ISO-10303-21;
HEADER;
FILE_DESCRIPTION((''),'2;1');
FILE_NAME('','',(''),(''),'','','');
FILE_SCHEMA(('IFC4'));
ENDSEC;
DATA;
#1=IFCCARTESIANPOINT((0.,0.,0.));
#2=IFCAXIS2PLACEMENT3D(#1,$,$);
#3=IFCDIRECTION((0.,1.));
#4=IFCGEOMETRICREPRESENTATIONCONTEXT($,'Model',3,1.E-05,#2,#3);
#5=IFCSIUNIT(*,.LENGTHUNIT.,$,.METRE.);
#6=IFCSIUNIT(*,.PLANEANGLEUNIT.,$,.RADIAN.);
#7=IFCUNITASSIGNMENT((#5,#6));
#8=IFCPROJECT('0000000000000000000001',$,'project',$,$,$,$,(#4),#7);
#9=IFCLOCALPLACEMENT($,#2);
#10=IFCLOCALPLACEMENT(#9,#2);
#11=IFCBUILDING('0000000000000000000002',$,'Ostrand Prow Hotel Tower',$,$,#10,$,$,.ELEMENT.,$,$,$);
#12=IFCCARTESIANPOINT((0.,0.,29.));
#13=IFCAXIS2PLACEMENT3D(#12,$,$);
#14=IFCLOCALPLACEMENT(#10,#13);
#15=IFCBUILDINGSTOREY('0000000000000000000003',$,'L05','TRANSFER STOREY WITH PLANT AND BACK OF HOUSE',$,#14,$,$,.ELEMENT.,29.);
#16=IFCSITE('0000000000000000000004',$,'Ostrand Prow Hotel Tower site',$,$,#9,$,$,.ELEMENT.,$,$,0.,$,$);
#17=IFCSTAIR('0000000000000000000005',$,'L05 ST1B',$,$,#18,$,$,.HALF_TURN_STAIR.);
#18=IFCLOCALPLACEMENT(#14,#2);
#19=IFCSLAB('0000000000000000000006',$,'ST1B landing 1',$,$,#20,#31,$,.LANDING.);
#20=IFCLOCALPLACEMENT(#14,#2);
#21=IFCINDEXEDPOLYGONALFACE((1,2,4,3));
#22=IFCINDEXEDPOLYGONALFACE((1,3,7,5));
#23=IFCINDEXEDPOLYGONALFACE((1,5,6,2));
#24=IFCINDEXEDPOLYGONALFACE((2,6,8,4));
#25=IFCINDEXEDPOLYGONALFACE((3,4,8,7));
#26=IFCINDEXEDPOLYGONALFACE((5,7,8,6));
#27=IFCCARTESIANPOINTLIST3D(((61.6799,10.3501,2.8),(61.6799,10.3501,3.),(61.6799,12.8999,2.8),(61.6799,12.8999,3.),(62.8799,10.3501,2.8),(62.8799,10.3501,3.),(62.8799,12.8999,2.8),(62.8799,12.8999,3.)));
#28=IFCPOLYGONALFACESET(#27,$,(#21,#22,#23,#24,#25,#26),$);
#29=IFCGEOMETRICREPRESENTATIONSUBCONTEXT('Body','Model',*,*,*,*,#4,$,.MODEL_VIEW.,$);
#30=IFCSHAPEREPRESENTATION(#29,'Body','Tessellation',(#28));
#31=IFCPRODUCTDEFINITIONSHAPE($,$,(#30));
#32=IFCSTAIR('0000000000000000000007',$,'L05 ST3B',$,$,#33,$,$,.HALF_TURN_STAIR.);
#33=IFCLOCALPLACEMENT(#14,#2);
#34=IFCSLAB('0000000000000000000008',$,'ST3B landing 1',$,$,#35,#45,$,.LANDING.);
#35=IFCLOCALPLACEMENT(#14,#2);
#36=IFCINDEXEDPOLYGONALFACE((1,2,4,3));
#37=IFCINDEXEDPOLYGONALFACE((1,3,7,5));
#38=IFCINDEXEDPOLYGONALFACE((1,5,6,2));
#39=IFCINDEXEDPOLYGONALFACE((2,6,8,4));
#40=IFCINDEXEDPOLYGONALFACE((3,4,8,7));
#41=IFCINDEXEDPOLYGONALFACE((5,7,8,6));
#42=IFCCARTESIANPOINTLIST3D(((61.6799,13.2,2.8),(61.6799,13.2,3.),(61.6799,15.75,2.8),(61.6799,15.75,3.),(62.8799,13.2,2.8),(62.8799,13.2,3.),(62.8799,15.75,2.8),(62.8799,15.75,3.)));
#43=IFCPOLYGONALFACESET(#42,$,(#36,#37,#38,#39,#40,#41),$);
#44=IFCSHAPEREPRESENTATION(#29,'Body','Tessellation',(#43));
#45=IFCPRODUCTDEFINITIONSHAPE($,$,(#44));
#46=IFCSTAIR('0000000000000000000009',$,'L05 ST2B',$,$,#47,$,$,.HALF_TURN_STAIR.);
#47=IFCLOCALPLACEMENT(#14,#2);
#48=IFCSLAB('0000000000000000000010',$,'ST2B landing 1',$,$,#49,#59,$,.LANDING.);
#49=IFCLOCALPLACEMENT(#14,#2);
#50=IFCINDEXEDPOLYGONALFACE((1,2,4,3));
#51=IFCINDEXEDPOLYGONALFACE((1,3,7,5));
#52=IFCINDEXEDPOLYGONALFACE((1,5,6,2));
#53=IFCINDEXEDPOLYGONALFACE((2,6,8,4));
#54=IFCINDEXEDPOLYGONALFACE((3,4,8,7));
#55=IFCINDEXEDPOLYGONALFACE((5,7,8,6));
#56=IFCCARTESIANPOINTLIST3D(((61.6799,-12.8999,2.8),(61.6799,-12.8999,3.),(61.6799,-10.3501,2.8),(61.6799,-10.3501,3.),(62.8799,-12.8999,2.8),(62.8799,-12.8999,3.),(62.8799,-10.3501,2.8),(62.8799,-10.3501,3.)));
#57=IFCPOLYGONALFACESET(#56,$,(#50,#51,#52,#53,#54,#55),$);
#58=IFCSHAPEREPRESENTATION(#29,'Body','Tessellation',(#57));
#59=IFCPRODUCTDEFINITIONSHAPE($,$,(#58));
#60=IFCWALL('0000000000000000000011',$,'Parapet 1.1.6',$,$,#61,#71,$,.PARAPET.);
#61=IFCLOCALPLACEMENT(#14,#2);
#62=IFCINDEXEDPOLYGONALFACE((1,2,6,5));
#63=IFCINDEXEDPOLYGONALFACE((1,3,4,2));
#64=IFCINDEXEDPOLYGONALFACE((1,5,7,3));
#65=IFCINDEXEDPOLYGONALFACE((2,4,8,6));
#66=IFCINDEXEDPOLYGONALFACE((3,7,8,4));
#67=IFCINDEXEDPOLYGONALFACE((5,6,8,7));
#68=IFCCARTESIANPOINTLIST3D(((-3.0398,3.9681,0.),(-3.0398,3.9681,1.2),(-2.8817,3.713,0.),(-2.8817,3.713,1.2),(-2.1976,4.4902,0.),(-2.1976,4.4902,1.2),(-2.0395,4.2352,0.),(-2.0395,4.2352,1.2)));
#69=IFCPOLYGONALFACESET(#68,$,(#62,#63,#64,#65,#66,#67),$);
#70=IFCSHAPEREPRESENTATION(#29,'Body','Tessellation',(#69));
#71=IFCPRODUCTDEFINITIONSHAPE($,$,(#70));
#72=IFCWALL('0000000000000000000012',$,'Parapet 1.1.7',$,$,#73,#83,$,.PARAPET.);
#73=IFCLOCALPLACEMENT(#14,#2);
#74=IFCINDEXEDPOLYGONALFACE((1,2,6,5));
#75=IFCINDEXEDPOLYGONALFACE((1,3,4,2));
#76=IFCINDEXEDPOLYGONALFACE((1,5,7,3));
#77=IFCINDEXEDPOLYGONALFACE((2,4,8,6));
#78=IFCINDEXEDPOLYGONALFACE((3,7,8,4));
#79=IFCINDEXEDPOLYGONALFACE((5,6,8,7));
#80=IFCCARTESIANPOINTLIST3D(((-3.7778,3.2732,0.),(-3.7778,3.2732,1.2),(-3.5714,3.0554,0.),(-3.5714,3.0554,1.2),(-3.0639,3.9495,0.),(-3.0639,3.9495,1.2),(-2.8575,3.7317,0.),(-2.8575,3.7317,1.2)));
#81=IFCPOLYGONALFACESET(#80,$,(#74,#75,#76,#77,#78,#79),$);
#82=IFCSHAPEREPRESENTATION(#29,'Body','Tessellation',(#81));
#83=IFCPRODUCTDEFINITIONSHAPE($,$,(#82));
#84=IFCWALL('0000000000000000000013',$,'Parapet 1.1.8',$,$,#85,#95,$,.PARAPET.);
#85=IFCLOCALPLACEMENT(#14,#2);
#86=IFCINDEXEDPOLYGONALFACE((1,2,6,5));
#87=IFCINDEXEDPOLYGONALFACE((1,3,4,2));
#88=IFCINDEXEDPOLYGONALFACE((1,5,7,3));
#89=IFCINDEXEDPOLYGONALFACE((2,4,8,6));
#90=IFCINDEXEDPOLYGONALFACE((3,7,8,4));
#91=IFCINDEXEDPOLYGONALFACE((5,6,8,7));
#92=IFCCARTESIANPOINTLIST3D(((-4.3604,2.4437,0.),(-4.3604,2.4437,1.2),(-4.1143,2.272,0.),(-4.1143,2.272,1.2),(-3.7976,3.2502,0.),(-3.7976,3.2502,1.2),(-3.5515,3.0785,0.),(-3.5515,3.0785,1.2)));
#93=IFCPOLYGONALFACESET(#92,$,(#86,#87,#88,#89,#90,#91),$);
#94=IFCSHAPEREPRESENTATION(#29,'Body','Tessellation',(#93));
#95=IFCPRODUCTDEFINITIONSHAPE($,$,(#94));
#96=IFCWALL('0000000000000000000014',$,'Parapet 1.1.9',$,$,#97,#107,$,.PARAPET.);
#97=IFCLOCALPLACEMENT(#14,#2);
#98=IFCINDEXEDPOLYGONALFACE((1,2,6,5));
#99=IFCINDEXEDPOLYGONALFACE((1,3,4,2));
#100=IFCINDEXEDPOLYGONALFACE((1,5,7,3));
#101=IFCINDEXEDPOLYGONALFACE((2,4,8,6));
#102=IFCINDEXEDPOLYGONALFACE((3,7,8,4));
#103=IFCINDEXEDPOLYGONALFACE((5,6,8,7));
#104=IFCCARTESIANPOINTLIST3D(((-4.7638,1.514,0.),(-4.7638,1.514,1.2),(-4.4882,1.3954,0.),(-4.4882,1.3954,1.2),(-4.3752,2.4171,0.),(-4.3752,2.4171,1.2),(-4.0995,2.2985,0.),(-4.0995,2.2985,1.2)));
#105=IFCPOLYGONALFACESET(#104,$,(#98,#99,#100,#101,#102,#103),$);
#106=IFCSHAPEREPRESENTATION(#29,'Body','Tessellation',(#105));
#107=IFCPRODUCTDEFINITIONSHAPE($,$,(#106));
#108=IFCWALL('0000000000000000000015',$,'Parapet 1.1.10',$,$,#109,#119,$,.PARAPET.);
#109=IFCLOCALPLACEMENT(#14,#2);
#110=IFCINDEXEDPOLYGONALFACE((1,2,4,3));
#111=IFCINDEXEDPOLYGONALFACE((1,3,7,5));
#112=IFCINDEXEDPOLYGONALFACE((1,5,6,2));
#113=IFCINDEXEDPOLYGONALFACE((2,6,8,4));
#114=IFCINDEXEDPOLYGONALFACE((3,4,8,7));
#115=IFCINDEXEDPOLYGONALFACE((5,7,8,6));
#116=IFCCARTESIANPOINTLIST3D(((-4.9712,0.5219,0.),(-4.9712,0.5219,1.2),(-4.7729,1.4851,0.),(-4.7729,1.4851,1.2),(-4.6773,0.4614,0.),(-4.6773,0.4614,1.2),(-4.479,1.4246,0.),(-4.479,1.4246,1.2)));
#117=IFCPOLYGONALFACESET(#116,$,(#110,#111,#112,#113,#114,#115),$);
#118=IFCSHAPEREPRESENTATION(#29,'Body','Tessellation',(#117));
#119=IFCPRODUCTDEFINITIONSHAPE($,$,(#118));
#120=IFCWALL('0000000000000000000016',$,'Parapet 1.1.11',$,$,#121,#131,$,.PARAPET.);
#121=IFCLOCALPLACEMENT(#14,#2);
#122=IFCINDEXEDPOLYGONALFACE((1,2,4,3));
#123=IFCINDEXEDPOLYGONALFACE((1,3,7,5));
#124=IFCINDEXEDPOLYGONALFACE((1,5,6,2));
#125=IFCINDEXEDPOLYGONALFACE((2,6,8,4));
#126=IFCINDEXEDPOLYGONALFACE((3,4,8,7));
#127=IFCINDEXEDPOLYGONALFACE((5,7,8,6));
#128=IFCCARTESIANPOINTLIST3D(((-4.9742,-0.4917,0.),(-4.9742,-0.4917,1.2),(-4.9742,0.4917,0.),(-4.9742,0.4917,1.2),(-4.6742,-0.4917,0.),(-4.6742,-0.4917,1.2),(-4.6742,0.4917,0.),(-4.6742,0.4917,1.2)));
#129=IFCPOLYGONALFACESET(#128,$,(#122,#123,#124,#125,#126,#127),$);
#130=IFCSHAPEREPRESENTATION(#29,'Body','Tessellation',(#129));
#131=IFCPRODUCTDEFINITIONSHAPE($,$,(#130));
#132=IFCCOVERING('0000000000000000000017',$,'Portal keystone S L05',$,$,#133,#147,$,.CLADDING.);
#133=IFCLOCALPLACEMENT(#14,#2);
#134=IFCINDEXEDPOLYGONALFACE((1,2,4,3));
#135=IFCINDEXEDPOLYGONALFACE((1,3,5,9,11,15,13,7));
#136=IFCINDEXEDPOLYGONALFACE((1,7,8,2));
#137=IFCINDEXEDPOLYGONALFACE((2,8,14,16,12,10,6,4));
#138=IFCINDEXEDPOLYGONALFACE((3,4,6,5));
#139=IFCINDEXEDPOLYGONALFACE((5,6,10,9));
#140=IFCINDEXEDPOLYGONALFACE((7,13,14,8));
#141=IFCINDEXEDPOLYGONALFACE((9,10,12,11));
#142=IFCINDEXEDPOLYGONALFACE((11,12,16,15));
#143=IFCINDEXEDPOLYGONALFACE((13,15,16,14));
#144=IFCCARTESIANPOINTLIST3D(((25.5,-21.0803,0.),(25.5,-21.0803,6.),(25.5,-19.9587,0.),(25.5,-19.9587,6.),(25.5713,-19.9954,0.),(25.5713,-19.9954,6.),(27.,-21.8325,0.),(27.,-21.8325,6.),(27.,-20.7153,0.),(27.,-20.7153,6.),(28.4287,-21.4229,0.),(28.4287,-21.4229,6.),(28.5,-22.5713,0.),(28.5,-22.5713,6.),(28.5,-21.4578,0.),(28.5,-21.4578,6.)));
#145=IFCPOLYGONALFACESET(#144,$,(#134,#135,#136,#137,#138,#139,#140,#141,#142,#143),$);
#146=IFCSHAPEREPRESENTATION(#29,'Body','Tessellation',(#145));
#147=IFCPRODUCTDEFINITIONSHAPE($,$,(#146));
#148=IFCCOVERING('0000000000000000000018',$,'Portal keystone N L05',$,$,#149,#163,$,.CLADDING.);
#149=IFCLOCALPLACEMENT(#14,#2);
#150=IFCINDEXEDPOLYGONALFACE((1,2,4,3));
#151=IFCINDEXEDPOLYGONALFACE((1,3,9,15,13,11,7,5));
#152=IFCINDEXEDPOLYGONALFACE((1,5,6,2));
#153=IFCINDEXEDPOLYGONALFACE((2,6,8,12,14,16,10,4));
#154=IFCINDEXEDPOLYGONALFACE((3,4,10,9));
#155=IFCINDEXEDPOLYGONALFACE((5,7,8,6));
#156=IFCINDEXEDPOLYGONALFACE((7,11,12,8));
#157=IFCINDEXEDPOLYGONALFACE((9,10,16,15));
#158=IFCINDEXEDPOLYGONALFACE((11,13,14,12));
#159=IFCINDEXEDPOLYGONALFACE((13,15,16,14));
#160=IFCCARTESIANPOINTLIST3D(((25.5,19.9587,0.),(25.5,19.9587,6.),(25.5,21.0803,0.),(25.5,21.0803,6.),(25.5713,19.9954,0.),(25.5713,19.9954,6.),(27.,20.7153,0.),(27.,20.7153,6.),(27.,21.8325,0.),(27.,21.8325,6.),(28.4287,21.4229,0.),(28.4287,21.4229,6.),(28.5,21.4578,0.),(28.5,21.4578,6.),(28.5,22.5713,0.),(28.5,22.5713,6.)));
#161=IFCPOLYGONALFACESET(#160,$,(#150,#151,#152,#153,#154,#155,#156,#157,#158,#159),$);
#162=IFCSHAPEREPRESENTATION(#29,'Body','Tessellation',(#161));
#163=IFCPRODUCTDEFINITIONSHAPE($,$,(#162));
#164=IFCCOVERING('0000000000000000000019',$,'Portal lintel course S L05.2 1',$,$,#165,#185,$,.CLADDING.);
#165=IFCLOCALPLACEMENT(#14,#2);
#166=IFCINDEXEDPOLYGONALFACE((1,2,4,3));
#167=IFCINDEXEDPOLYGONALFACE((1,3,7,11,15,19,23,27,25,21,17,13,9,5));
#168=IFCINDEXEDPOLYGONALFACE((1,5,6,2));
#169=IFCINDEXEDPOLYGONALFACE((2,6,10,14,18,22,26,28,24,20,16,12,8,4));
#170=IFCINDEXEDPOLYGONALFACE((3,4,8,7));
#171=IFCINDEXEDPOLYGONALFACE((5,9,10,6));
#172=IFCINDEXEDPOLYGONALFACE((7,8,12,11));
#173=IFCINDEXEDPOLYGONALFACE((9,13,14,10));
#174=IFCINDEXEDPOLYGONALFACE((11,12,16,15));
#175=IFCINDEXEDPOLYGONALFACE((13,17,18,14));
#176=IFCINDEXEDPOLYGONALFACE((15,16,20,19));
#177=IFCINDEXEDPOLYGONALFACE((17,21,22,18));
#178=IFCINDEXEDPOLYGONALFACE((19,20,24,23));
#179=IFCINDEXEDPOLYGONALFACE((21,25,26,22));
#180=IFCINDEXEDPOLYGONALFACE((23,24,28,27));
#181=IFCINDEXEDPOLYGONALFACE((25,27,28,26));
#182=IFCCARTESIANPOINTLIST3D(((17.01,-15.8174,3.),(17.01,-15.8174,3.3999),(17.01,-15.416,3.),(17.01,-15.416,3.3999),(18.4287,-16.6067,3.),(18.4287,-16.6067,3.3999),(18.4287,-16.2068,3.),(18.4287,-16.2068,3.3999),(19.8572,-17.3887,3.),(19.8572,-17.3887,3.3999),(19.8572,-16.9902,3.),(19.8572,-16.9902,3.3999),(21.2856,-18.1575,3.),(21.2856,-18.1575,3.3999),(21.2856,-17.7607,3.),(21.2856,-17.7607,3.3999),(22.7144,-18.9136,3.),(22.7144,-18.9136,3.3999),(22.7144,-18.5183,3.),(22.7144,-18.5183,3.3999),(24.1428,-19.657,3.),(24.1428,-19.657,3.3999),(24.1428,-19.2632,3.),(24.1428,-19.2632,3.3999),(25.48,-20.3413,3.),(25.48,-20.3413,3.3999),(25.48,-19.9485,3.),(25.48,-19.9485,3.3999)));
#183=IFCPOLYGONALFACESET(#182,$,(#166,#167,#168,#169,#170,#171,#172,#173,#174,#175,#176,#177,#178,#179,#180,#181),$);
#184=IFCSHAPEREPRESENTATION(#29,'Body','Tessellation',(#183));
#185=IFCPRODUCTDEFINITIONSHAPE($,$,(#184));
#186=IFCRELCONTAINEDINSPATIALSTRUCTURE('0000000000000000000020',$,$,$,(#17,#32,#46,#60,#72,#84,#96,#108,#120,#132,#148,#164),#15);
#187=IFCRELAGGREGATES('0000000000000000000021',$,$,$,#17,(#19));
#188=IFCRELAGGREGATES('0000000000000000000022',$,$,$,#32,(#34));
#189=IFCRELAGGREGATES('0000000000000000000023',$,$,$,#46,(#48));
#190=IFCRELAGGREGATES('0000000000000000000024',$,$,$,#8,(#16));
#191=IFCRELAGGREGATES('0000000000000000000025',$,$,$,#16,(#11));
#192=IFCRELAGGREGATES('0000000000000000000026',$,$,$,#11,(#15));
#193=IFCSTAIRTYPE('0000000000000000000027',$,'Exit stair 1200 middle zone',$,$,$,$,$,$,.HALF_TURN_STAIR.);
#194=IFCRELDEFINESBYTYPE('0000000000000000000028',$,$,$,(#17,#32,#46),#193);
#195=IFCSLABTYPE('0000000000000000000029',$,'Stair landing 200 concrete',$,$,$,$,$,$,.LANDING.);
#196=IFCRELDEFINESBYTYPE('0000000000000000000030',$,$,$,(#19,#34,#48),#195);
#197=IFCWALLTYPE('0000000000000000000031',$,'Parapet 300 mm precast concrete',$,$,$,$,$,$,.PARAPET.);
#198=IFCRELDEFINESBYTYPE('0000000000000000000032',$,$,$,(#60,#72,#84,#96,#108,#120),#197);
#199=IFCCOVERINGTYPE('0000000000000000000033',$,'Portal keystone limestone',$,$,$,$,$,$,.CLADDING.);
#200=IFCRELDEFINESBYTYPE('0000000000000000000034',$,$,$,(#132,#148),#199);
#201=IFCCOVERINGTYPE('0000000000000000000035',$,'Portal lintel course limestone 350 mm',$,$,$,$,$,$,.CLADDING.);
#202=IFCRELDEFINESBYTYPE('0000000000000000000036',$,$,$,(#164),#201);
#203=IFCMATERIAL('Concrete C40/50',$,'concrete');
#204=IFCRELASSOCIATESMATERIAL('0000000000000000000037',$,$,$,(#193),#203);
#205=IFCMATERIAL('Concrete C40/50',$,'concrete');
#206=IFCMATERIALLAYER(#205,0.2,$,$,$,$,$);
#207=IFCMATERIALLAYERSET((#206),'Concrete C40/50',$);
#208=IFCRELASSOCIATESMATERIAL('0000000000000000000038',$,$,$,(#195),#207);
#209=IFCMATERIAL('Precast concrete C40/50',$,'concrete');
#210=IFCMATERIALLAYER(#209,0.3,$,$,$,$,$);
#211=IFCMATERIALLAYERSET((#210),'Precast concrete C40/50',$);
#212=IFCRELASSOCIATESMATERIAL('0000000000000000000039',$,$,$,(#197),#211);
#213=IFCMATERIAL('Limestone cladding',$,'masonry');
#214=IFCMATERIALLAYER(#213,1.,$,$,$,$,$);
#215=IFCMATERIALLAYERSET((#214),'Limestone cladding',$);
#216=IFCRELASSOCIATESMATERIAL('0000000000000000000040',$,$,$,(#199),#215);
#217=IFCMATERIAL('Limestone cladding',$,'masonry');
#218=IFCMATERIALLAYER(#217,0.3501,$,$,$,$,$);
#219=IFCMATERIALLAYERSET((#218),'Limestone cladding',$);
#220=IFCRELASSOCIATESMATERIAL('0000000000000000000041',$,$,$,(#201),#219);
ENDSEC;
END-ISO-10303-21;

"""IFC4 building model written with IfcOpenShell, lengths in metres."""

from ifc_helpers import new_model, si_unit, direction, frame, frame_2d, origin, place, context, subcontext, project, spatial, polyline, rectangle, outline, extrude, material, layer, layer_set, type_object, element, aggregate, save


model = new_model("IFC4")

# Units and contexts
model_context = context("Model", 3, precision=1e-05, world=origin(), true_north=direction((0.0, 1.0)))
body_context = subcontext(model_context, "Body", "Model", "MODEL_VIEW")
ifc_project = project(units=[si_unit("LENGTHUNIT", "METRE"), si_unit("PLANEANGLEUNIT", "RADIAN")], contexts=[model_context])

# Site, building, storey
site_placement = place(None, origin())
site = spatial("IfcSite", under=ifc_project, at=site_placement, Name="Ostrand Prow Hotel Tower site", CompositionType="ELEMENT", RefElevation=0.0)
building_placement = place(site_placement, origin())
building = spatial("IfcBuilding", under=site, at=building_placement, Name="Ostrand Prow Hotel Tower", CompositionType="ELEMENT")
storey_placement = place(building_placement, frame((0.0, 0.0, 29.0)))
storey = spatial("IfcBuildingStorey", under=building, at=storey_placement, Name="L05", Description="TRANSFER STOREY WITH PLANT AND BACK OF HOUSE", CompositionType="ELEMENT", Elevation=29.0)

# Stairs, slabs
ifc_material_1 = material(Name="Concrete C40/50", Category="concrete")
stair_type = type_object("IfcStairType", Name="Exit stair 1200 middle zone", PredefinedType="HALF_TURN_STAIR", material=ifc_material_1)
stair_1_placement = place(storey_placement, origin())
stair_1 = element("IfcStair", 1, at=stair_1_placement, inside=storey, type_object=stair_type, Name="L05 ST1B", PredefinedType="HALF_TURN_STAIR")
ifc_material_2 = material(Name="Concrete C40/50", Category="concrete")
ifc_layer_1 = layer(ifc_material_2, 0.2)
ifc_layer_set_1 = layer_set([ifc_layer_1], Name="Concrete C40/50")
slab_type = type_object("IfcSlabType", Name="Stair landing 200 concrete", PredefinedType="LANDING", material=ifc_layer_set_1)
slab_1_placement = place(storey_placement, frame((0.0, 0.0, 2.8)))
slab_1 = element("IfcSlab", 2, at=slab_1_placement, type_object=slab_type, Name="ST1B landing 1", PredefinedType="LANDING", context=body_context, shape_type="SweptSolid", body=[
    extrude(outline(polyline([(61.6799, 10.3501), (62.8799, 10.3501), (62.8799, 12.8999), (61.6799, 12.8999), (61.6799, 10.3501)])), origin(), (0.0, 0.0, 1.0), 0.2),
])
aggregate(stair_1, [slab_1])
stair_2_placement = place(storey_placement, origin())
stair_2 = element("IfcStair", 3, at=stair_2_placement, inside=storey, type_object=stair_type, Name="L05 ST3B", PredefinedType="HALF_TURN_STAIR")
slab_2_placement = place(storey_placement, frame((0.0, 0.0, 2.8)))
slab_2 = element("IfcSlab", 4, at=slab_2_placement, type_object=slab_type, Name="ST3B landing 1", PredefinedType="LANDING", context=body_context, shape_type="SweptSolid", body=[
    extrude(outline(polyline([(61.6799, 13.2), (62.8799, 13.2), (62.8799, 15.75), (61.6799, 15.75), (61.6799, 13.2)])), origin(), (0.0, 0.0, 1.0), 0.2),
])
aggregate(stair_2, [slab_2])
stair_3_placement = place(storey_placement, origin())
stair_3 = element("IfcStair", 5, at=stair_3_placement, inside=storey, type_object=stair_type, Name="L05 ST2B", PredefinedType="HALF_TURN_STAIR")
slab_3_placement = place(storey_placement, frame((0.0, 0.0, 2.8)))
slab_3 = element("IfcSlab", 6, at=slab_3_placement, type_object=slab_type, Name="ST2B landing 1", PredefinedType="LANDING", context=body_context, shape_type="SweptSolid", body=[
    extrude(outline(polyline([(61.6799, -12.8999), (62.8799, -12.8999), (62.8799, -10.3501), (61.6799, -10.3501), (61.6799, -12.8999)])), origin(), (0.0, 0.0, 1.0), 0.2),
])
aggregate(stair_3, [slab_3])

# Walls
ifc_material_3 = material(Name="Precast concrete C40/50", Category="concrete")
ifc_layer_2 = layer(ifc_material_3, 0.3)
ifc_layer_set_2 = layer_set([ifc_layer_2], Name="Precast concrete C40/50")
wall_type = type_object("IfcWallType", Name="Parapet 300 mm precast concrete", PredefinedType="PARAPET", material=ifc_layer_set_2)
wall_1_placement = place(storey_placement, frame((-2.1184, 4.3628, 0.0), z_axis=(0.0, 0.0, 1.0), x_axis=(-0.849903, -0.52694, 0.0)))
element("IfcWall", 7, at=wall_1_placement, inside=storey, type_object=wall_type, Name="Parapet 1.1.6", PredefinedType="PARAPET", context=body_context, shape_type="SweptSolid", body=[
    extrude(rectangle(XDim=0.991, YDim=0.3, at=frame_2d((0.4956, 0.0))), origin(), (0.0, 0.0, 1.0), 1.2),
])
for number, where, z_axis, x_axis, name in (
    (8, (-2.9607, 3.8406, 0.0), (0.0, 0.0, 1.0), (-0.725966, -0.687731, 0.0), "Parapet 1.1.7"),
    (9, (-3.6746, 3.1643, 0.0), (0.0, 0.0, 1.0), (-0.572279, -0.820059, 0.0), "Parapet 1.1.8"),
):
    element("IfcWall", number, at=place(storey_placement, frame(where, z_axis=z_axis, x_axis=x_axis)), inside=storey, type_object=wall_type, Name=name, PredefinedType="PARAPET", context=body_context, shape_type="SweptSolid", body=[
        extrude(rectangle(XDim=0.9834, YDim=0.3, at=frame_2d((0.4917, 0.0))), origin(), (0.0, 0.0, 1.0), 1.2),
    ])
wall_2_placement = place(storey_placement, frame((-4.2373, 2.3579, 0.0), z_axis=(0.0, 0.0, 1.0), x_axis=(-0.395327, -0.91854, 0.0)))
element("IfcWall", 10, at=wall_2_placement, inside=storey, type_object=wall_type, Name="Parapet 1.1.9", PredefinedType="PARAPET", context=body_context, shape_type="SweptSolid", body=[
    extrude(rectangle(XDim=0.9832, YDim=0.3, at=frame_2d((0.4917, 0.0))), origin(), (0.0, 0.0, 1.0), 1.2),
])
for number, where, z_axis, x_axis, name in (
    (11, (-4.626, 1.4548, 0.0), (0.0, 0.0, 1.0), (-0.201604, -0.979467, 0.0), "Parapet 1.1.10"),
    (12, (-4.8242, 0.4917, 0.0), (0.0, 0.0, 1.0), (0.0, -1.0, 0.0), "Parapet 1.1.11"),
):
    element("IfcWall", number, at=place(storey_placement, frame(where, z_axis=z_axis, x_axis=x_axis)), inside=storey, type_object=wall_type, Name=name, PredefinedType="PARAPET", context=body_context, shape_type="SweptSolid", body=[
        extrude(rectangle(XDim=0.9834, YDim=0.3, at=frame_2d((0.4917, 0.0))), origin(), (0.0, 0.0, 1.0), 1.2),
    ])

# Coverings
ifc_material_4 = material(Name="Limestone cladding", Category="masonry")
ifc_layer_3 = layer(ifc_material_4, 1.0)
ifc_layer_set_3 = layer_set([ifc_layer_3], Name="Limestone cladding")
covering_type_1 = type_object("IfcCoveringType", Name="Portal keystone limestone", PredefinedType="CLADDING", material=ifc_layer_set_3)
covering_1_placement = place(storey_placement, origin())
element("IfcCovering", 13, at=covering_1_placement, inside=storey, type_object=covering_type_1, Name="Portal keystone S L05", PredefinedType="CLADDING", context=body_context, shape_type="SweptSolid", body=[
    extrude(outline(polyline([(27.0, -21.8325), (28.5, -22.5713), (28.5, -21.4578), (28.4287, -21.4229), (27.0, -20.7153), (25.5713, -19.9954), (25.5, -19.9587), (25.5, -21.0803), (27.0, -21.8325)])), origin(), (0.0, 0.0, 1.0), 6.0),
])
covering_2_placement = place(storey_placement, origin())
element("IfcCovering", 14, at=covering_2_placement, inside=storey, type_object=covering_type_1, Name="Portal keystone N L05", PredefinedType="CLADDING", context=body_context, shape_type="SweptSolid", body=[
    extrude(outline(polyline([(27.0, 21.8325), (25.5, 21.0803), (25.5, 19.9587), (25.5713, 19.9954), (27.0, 20.7153), (28.4287, 21.4229), (28.5, 21.4578), (28.5, 22.5713), (27.0, 21.8325)])), origin(), (0.0, 0.0, 1.0), 6.0),
])
ifc_material_5 = material(Name="Limestone cladding", Category="masonry")
ifc_layer_4 = layer(ifc_material_5, 0.3501)
ifc_layer_set_4 = layer_set([ifc_layer_4], Name="Limestone cladding")
covering_type_2 = type_object("IfcCoveringType", Name="Portal lintel course limestone 350 mm", PredefinedType="CLADDING", material=ifc_layer_set_4)
covering_3_placement = place(storey_placement, frame((0.0, 0.0, 3.0)))
element("IfcCovering", 15, at=covering_3_placement, inside=storey, type_object=covering_type_2, Name="Portal lintel course S L05.2 1", PredefinedType="CLADDING", context=body_context, shape_type="SweptSolid", body=[
    extrude(outline(polyline([(24.1428, -19.657), (25.48, -20.3413), (25.48, -19.9485), (24.1428, -19.2632), (22.7144, -18.5183), (21.2856, -17.7607), (19.8572, -16.9902), (18.4287, -16.2068), (17.01, -15.416), (17.01, -15.8174), (18.4287, -16.6067), (19.8572, -17.3887), (21.2856, -18.1575), (22.7144, -18.9136), (24.1428, -19.657)])), origin(), (0.0, 0.0, 1.0), 0.3999),
])

save(model, "model.ifc")
